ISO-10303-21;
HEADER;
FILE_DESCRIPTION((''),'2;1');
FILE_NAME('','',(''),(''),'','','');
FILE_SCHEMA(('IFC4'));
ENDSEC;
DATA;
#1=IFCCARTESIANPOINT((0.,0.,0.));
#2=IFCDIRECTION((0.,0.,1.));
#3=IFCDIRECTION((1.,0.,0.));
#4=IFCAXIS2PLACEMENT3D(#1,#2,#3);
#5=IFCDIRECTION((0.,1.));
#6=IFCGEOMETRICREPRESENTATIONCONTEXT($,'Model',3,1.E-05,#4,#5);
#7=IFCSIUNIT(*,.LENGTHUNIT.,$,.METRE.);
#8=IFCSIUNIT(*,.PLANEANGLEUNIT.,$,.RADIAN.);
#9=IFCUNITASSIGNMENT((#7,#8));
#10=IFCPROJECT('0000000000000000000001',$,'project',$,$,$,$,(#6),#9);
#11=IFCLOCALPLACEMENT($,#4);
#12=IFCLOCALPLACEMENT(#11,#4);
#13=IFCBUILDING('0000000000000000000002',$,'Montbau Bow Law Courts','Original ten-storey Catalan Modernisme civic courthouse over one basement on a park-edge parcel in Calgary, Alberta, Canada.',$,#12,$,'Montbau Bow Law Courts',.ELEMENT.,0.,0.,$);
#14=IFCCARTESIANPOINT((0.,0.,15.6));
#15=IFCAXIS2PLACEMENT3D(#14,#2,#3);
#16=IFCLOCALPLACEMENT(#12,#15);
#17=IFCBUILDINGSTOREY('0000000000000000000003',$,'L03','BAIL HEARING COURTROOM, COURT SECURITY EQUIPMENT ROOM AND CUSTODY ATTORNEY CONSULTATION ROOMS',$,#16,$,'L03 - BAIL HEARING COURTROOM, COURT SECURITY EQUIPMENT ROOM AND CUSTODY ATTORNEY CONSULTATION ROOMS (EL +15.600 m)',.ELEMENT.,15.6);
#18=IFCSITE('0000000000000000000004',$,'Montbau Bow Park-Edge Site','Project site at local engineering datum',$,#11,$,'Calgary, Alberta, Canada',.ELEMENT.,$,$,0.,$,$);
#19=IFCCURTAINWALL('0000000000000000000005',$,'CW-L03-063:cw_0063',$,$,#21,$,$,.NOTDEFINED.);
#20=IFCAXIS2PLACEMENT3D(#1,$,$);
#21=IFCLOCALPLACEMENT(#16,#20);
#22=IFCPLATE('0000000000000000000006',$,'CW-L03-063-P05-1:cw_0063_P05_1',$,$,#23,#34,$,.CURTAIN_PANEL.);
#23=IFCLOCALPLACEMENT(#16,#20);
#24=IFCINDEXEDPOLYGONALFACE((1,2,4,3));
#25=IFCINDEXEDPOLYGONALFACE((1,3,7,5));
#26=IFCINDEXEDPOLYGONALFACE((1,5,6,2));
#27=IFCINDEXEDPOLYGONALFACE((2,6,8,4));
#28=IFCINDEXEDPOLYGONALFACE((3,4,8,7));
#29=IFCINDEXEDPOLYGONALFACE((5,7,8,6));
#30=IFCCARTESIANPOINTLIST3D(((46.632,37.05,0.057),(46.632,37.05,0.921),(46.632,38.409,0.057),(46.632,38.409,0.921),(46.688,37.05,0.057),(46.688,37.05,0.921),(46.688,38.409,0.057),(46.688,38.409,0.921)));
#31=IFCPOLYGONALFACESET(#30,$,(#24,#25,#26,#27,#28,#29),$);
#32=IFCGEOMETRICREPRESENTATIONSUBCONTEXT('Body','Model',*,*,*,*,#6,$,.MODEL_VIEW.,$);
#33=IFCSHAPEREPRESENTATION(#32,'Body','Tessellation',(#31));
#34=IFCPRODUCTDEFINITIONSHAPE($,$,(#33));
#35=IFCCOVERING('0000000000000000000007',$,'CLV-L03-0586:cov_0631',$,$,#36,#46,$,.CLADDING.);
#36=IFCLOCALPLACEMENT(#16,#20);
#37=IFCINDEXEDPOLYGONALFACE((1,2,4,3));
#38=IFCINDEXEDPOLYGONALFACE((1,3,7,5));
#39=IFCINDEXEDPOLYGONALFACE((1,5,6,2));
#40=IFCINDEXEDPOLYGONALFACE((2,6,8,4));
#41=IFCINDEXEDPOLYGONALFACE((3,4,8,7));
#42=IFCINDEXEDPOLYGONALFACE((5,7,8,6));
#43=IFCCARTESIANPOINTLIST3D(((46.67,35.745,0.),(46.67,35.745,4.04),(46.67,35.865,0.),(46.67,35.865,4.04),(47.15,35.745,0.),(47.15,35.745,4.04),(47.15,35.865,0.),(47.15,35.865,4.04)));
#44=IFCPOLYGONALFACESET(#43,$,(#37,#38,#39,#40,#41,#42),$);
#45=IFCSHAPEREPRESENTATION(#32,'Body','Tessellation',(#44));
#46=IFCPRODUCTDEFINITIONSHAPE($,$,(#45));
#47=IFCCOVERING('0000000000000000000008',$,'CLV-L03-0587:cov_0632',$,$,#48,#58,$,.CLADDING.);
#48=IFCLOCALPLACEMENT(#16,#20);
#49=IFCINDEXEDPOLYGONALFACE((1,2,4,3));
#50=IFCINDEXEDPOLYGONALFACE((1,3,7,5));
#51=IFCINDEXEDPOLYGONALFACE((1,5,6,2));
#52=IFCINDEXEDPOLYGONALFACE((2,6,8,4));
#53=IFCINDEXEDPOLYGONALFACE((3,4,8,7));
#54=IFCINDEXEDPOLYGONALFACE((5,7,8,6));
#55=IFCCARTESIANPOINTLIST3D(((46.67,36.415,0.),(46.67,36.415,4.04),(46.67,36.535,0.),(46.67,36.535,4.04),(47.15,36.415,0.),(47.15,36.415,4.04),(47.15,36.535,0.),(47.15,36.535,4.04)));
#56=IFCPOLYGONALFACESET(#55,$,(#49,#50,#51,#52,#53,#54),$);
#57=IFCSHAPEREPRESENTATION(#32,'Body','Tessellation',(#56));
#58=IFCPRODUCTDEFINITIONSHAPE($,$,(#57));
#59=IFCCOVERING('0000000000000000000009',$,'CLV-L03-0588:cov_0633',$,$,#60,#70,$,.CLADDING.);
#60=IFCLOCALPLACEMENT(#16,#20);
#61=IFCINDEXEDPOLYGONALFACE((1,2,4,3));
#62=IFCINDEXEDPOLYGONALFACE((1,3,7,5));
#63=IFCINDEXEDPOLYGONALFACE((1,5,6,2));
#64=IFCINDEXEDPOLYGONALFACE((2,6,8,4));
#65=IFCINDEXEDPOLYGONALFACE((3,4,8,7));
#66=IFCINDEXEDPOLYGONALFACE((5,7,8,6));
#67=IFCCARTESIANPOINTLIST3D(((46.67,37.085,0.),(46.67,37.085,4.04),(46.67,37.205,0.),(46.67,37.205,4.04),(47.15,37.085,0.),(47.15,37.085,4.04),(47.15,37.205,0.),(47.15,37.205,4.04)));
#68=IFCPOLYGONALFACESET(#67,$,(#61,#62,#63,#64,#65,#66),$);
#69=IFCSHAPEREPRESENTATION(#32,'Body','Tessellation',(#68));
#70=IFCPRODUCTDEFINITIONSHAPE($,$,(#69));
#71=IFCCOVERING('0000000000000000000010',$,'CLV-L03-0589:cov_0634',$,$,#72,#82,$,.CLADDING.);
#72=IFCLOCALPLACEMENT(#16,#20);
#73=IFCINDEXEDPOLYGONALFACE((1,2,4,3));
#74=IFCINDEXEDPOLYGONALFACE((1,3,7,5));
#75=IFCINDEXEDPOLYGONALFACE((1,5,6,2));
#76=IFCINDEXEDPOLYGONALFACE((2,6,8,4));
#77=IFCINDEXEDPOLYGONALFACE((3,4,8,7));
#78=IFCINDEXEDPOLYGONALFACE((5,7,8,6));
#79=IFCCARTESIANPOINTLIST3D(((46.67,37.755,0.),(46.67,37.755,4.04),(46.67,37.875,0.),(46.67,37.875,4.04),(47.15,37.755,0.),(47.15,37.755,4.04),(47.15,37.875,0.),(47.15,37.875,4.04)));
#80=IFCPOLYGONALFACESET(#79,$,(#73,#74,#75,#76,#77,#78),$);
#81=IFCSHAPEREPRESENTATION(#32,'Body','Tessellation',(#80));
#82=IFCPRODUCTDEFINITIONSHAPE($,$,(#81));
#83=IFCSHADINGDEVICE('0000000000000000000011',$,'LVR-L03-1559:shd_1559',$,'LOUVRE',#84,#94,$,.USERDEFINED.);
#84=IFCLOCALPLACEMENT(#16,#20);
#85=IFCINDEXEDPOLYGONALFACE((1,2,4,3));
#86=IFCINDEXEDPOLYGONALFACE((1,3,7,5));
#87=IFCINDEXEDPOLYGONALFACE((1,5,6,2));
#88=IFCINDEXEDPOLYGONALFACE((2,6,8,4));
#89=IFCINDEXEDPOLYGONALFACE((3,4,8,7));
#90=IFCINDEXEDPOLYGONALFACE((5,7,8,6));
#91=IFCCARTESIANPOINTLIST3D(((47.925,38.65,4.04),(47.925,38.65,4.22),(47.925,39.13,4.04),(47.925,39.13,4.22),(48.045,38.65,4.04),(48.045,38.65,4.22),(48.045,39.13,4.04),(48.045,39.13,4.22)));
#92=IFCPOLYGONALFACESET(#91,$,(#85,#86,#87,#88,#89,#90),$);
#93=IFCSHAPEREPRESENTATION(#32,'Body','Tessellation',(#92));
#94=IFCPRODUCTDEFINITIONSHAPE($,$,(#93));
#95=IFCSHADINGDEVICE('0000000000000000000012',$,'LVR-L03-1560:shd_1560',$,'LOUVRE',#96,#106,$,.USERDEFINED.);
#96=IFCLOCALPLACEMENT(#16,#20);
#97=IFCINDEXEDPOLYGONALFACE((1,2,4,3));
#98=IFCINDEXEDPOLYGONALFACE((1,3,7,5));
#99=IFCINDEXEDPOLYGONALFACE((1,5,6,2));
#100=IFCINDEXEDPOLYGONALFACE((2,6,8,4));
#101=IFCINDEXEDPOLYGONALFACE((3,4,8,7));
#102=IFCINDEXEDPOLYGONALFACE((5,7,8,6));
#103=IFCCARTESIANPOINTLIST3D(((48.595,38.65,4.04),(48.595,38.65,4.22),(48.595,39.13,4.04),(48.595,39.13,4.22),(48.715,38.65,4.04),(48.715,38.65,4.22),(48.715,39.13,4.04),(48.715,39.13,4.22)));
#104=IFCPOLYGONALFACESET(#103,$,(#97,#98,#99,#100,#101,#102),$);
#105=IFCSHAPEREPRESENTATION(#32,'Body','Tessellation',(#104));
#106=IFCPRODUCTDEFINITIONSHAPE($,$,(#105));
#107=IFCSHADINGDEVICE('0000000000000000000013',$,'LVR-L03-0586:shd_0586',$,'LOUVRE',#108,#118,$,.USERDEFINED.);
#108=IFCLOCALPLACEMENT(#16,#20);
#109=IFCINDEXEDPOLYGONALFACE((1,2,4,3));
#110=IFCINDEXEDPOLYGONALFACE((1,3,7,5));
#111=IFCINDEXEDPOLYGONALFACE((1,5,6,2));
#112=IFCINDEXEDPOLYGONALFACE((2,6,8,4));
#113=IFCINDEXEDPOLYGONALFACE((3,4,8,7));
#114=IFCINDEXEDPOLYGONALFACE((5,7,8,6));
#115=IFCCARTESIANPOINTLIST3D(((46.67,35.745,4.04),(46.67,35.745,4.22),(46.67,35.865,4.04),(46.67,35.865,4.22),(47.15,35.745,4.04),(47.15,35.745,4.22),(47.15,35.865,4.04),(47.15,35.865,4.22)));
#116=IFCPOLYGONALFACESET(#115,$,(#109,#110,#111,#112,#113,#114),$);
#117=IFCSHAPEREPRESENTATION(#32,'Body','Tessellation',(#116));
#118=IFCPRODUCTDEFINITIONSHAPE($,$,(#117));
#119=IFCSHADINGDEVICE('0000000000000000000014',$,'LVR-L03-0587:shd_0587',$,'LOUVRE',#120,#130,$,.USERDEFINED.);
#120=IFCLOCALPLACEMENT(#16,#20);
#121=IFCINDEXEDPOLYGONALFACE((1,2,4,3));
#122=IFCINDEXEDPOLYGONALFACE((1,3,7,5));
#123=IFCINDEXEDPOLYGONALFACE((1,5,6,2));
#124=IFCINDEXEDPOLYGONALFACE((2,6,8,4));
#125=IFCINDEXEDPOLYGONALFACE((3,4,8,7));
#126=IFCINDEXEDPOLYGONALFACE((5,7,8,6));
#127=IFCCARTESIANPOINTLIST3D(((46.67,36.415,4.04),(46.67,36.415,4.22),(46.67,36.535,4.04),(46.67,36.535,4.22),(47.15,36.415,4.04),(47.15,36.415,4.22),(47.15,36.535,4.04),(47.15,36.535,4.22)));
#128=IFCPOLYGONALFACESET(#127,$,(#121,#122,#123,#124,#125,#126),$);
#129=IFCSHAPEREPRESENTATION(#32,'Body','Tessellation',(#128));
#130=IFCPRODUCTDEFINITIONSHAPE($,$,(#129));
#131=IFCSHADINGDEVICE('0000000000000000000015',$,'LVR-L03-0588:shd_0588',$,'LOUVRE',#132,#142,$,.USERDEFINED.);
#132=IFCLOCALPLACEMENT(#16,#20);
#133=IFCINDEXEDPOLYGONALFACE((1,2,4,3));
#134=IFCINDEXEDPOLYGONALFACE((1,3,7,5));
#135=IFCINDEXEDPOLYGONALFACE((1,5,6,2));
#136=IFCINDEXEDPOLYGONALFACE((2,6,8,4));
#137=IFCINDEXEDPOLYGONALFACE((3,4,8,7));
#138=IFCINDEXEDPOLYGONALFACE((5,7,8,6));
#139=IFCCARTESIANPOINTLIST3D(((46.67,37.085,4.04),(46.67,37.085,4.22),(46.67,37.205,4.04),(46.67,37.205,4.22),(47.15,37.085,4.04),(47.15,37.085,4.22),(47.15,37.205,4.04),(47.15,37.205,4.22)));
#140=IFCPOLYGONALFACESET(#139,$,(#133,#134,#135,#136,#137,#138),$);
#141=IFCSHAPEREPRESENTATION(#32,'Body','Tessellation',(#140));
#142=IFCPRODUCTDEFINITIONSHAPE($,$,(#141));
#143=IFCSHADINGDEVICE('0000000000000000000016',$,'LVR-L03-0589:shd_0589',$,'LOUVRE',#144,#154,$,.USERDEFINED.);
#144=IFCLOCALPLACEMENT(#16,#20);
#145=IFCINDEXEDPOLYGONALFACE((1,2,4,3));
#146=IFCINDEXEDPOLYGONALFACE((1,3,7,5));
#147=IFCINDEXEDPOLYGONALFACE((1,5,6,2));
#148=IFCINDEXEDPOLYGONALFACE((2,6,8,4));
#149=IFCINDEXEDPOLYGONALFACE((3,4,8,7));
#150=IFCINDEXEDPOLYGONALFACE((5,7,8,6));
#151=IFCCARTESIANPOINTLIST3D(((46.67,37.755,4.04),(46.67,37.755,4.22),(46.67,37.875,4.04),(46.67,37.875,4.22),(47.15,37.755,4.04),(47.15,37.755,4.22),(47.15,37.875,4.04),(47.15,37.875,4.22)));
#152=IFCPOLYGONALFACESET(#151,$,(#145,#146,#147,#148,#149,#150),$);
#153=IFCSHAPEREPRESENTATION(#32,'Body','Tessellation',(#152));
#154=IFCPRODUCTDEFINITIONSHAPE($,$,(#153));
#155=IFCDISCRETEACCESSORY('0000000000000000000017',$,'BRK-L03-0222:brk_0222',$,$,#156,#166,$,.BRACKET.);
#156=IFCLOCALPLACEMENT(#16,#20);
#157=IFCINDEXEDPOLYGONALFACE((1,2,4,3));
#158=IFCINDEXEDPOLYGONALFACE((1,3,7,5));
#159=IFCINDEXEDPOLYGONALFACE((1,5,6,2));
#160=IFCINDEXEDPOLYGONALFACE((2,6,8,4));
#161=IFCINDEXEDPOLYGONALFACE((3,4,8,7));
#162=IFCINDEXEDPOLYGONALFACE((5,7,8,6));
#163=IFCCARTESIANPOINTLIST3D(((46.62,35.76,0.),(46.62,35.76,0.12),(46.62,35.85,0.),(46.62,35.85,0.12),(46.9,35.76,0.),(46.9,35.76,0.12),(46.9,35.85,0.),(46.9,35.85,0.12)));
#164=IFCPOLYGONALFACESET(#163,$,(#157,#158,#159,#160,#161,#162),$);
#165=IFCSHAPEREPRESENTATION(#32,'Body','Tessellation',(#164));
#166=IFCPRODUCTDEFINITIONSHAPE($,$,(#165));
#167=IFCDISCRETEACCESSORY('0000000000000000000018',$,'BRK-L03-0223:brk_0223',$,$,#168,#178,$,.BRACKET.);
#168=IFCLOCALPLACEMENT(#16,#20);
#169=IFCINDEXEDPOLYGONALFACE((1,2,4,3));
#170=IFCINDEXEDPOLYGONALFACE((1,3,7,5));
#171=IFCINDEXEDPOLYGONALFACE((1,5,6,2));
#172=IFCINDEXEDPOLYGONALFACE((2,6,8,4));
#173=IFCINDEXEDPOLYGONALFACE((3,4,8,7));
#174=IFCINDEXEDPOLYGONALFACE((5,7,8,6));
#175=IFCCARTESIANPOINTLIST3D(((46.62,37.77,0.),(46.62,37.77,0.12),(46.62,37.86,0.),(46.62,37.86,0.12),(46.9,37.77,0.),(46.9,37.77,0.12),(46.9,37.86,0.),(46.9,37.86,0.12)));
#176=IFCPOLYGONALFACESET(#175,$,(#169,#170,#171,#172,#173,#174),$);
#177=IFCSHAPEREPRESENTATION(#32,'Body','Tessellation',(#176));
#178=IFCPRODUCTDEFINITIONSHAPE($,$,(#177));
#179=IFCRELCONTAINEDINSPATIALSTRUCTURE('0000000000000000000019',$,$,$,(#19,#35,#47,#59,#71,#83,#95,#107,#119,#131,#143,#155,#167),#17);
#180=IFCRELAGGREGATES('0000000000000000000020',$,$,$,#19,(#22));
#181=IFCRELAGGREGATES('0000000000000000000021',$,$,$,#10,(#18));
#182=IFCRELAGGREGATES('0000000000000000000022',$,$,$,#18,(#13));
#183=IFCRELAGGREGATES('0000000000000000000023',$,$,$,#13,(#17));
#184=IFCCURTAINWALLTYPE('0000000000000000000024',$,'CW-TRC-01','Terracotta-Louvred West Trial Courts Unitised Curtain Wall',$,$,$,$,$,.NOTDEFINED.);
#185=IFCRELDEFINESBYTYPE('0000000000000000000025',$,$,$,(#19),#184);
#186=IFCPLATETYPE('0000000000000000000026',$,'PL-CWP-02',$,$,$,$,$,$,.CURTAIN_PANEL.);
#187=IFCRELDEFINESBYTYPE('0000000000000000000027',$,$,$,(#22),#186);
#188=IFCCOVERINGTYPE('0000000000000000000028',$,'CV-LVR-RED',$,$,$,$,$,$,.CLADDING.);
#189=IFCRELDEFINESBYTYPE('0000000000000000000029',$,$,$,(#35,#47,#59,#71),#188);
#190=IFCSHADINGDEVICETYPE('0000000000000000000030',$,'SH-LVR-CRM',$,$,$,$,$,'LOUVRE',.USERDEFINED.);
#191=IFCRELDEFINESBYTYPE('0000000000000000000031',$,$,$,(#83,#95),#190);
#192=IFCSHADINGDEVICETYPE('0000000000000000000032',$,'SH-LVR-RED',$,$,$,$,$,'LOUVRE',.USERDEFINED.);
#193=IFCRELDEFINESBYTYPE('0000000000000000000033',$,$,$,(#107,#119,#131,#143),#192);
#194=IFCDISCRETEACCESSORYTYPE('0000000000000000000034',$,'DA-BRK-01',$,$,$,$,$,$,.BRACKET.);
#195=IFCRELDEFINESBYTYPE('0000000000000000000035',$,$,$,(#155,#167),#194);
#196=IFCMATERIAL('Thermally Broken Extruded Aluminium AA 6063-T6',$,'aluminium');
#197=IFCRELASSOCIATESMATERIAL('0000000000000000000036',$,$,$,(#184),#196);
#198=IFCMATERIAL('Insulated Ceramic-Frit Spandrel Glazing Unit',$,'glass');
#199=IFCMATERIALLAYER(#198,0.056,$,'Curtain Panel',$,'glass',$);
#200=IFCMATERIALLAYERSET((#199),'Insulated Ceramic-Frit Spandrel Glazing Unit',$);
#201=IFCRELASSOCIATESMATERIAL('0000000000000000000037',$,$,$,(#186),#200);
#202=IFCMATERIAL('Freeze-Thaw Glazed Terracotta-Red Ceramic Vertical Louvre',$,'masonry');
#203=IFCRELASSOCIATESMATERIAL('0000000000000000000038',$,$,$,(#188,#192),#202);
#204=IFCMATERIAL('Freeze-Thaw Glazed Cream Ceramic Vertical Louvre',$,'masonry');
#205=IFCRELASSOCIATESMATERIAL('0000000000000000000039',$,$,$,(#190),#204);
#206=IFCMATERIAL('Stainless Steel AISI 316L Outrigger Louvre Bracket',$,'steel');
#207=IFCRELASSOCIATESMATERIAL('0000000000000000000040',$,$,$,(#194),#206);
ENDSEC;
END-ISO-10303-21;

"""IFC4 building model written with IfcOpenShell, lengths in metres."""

from ifc_helpers import new_model, si_unit, direction, frame, frame_2d, origin_with_axes, origin_2d_with_axis, place, context, subcontext, project, spatial, rectangle, extrude, material, layer, layer_set, type_object, element, aggregate, save


model = new_model("IFC4")

# Units and contexts
model_context = context("Model", 3, precision=1e-05, world=origin_with_axes(), true_north=direction((0.0, 1.0)))
body_context = subcontext(model_context, "Body", "Model", "MODEL_VIEW")
ifc_project = project(units=[si_unit("LENGTHUNIT", "METRE"), si_unit("PLANEANGLEUNIT", "RADIAN")], contexts=[model_context])

# Site, building, storey
site_placement = place(None, origin_with_axes())
site = spatial("IfcSite", under=ifc_project, at=site_placement, Name="Montbau Bow Park-Edge Site", Description="Project site at local engineering datum", LongName="Calgary, Alberta, Canada", CompositionType="ELEMENT", RefElevation=0.0)
building_placement = place(site_placement, origin_with_axes())
building = spatial("IfcBuilding", under=site, at=building_placement, Name="Montbau Bow Law Courts", Description="Original ten-storey Catalan Modernisme civic courthouse over one basement on a park-edge parcel in Calgary, Alberta, Canada.", LongName="Montbau Bow Law Courts", CompositionType="ELEMENT", ElevationOfRefHeight=0.0, ElevationOfTerrain=0.0)
storey_placement = place(building_placement, frame((0.0, 0.0, 15.6), z_axis=(0.0, 0.0, 1.0), x_axis=(1.0, 0.0, 0.0)))
storey = spatial("IfcBuildingStorey", under=building, at=storey_placement, Name="L03", Description="BAIL HEARING COURTROOM, COURT SECURITY EQUIPMENT ROOM AND CUSTODY ATTORNEY CONSULTATION ROOMS", LongName="L03 - BAIL HEARING COURTROOM, COURT SECURITY EQUIPMENT ROOM AND CUSTODY ATTORNEY CONSULTATION ROOMS (EL +15.600 m)", CompositionType="ELEMENT", Elevation=15.6)

# Curtain wall, plate
ifc_material_1 = material(Name="Thermally Broken Extruded Aluminium AA 6063-T6", Category="aluminium")
curtain_wall_type = type_object("IfcCurtainWallType", Name="CW-TRC-01", Description="Terracotta-Louvred West Trial Courts Unitised Curtain Wall", PredefinedType="NOTDEFINED", material=ifc_material_1)
curtain_wall_placement = place(None, frame((46.66, 31.115, 15.6), z_axis=(0.0, 0.0, 1.0), x_axis=(1.0, 0.0, 0.0)))
curtain_wall = element("IfcCurtainWall", 1, at=curtain_wall_placement, inside=storey, type_object=curtain_wall_type, Name="CW-L03-063:cw_0063", PredefinedType="NOTDEFINED")
ifc_material_2 = material(Name="Insulated Ceramic-Frit Spandrel Glazing Unit", Category="glass")
ifc_layer_1 = layer(ifc_material_2, 0.056, Name="Curtain Panel", Category="glass")
ifc_layer_set_1 = layer_set([ifc_layer_1], Name="Insulated Ceramic-Frit Spandrel Glazing Unit")
plate_type_1 = type_object("IfcPlateType", Name="PL-CWP-02", PredefinedType="CURTAIN_PANEL", material=ifc_layer_set_1)
plate_1_placement = place(None, frame((46.66, 37.05, 15.657), z_axis=(1.0, 0.0, 0.0), x_axis=(0.0, 1.0, 0.0)))
plate_1 = element("IfcPlate", 2, at=plate_1_placement, type_object=plate_type_1, Name="CW-L03-063-P05-1:cw_0063_P05_1", PredefinedType="CURTAIN_PANEL", context=body_context, shape_type="SweptSolid", body=[
    extrude(rectangle(XDim=1.359, YDim=0.864, at=frame_2d((0.6795, 0.432), x_axis=(1.0, 0.0))), frame((0.0, 0.0, -0.028), z_axis=(0.0, 0.0, 1.0), x_axis=(1.0, 0.0, 0.0)), (0.0, 0.0, 1.0), 0.056),
])
aggregate(curtain_wall, [plate_1])

# Coverings
ifc_material_3 = material(Name="Freeze-Thaw Glazed Terracotta-Red Ceramic Vertical Louvre", Category="masonry")
covering_type = type_object("IfcCoveringType", Name="CV-LVR-RED", PredefinedType="CLADDING", material=ifc_material_3)
for number, where, z_axis, x_axis, name in (
    (3, (46.67, 35.805, 15.6), (0.0, -1.0, 0.0), (1.0, 0.0, 0.0), "CLV-L03-0586:cov_0631"),
    (4, (46.67, 36.475, 15.6), (0.0, -1.0, 0.0), (1.0, 0.0, 0.0), "CLV-L03-0587:cov_0632"),
    (5, (46.67, 37.145, 15.6), (0.0, -1.0, 0.0), (1.0, 0.0, 0.0), "CLV-L03-0588:cov_0633"),
    (6, (46.67, 37.815, 15.6), (0.0, -1.0, 0.0), (1.0, 0.0, 0.0), "CLV-L03-0589:cov_0634"),
):
    element("IfcCovering", number, at=place(None, frame(where, z_axis=z_axis, x_axis=x_axis)), inside=storey, type_object=covering_type, Name=name, PredefinedType="CLADDING", context=body_context, shape_type="SweptSolid", body=[
        extrude(rectangle(XDim=0.48, YDim=4.04, at=frame_2d((0.24, 2.02), x_axis=(1.0, 0.0))), frame((0.0, 0.0, -0.06), z_axis=(0.0, 0.0, 1.0), x_axis=(1.0, 0.0, 0.0)), (0.0, 0.0, 1.0), 0.12),
    ])

# Shading devices
ifc_material_4 = material(Name="Freeze-Thaw Glazed Cream Ceramic Vertical Louvre", Category="masonry")
shading_device_type_1 = type_object("IfcShadingDeviceType", Name="SH-LVR-CRM", ElementType="LOUVRE", PredefinedType="USERDEFINED", material=ifc_material_4)
for number, where, z_axis, x_axis, name in (
    (7, (47.985, 38.89, 19.64), (0.0, 0.0, 1.0), (0.0, -1.0, 0.0), "LVR-L03-1559:shd_1559"),
    (8, (48.655, 38.89, 19.64), (0.0, 0.0, 1.0), (0.0, -1.0, 0.0), "LVR-L03-1560:shd_1560"),
):
    element("IfcShadingDevice", number, at=place(None, frame(where, z_axis=z_axis, x_axis=x_axis)), inside=storey, type_object=shading_device_type_1, Name=name, ObjectType="LOUVRE", PredefinedType="USERDEFINED", context=body_context, shape_type="SweptSolid", body=[
        extrude(rectangle(XDim=0.48, YDim=0.12, at=origin_2d_with_axis()), origin_with_axes(), (0.0, 0.0, 1.0), 0.18),
    ])
shading_device_type_2 = type_object("IfcShadingDeviceType", Name="SH-LVR-RED", ElementType="LOUVRE", PredefinedType="USERDEFINED", material=ifc_material_3)
for number, where, z_axis, x_axis, name in (
    (9, (46.91, 35.805, 19.64), (0.0, 0.0, 1.0), (1.0, 0.0, 0.0), "LVR-L03-0586:shd_0586"),
    (10, (46.91, 36.475, 19.64), (0.0, 0.0, 1.0), (1.0, 0.0, 0.0), "LVR-L03-0587:shd_0587"),
    (11, (46.91, 37.145, 19.64), (0.0, 0.0, 1.0), (1.0, 0.0, 0.0), "LVR-L03-0588:shd_0588"),
    (12, (46.91, 37.815, 19.64), (0.0, 0.0, 1.0), (1.0, 0.0, 0.0), "LVR-L03-0589:shd_0589"),
):
    element("IfcShadingDevice", number, at=place(None, frame(where, z_axis=z_axis, x_axis=x_axis)), inside=storey, type_object=shading_device_type_2, Name=name, ObjectType="LOUVRE", PredefinedType="USERDEFINED", context=body_context, shape_type="SweptSolid", body=[
        extrude(rectangle(XDim=0.48, YDim=0.12, at=origin_2d_with_axis()), origin_with_axes(), (0.0, 0.0, 1.0), 0.18),
    ])

# Discrete accessories
ifc_material_5 = material(Name="Stainless Steel AISI 316L Outrigger Louvre Bracket", Category="steel")
discrete_accessory_type = type_object("IfcDiscreteAccessoryType", Name="DA-BRK-01", PredefinedType="BRACKET", material=ifc_material_5)
for number, where, z_axis, x_axis, name in (
    (13, (46.76, 35.805, 15.6), (0.0, 0.0, 1.0), (1.0, 0.0, 0.0), "BRK-L03-0222:brk_0222"),
    (14, (46.76, 37.815, 15.6), (0.0, 0.0, 1.0), (1.0, 0.0, 0.0), "BRK-L03-0223:brk_0223"),
):
    element("IfcDiscreteAccessory", number, at=place(None, frame(where, z_axis=z_axis, x_axis=x_axis)), inside=storey, type_object=discrete_accessory_type, Name=name, PredefinedType="BRACKET", context=body_context, shape_type="SweptSolid", body=[
        extrude(rectangle(XDim=0.28, YDim=0.09, at=origin_2d_with_axis()), origin_with_axes(), (0.0, 0.0, 1.0), 0.12),
    ])

save(model, "model.ifc")
